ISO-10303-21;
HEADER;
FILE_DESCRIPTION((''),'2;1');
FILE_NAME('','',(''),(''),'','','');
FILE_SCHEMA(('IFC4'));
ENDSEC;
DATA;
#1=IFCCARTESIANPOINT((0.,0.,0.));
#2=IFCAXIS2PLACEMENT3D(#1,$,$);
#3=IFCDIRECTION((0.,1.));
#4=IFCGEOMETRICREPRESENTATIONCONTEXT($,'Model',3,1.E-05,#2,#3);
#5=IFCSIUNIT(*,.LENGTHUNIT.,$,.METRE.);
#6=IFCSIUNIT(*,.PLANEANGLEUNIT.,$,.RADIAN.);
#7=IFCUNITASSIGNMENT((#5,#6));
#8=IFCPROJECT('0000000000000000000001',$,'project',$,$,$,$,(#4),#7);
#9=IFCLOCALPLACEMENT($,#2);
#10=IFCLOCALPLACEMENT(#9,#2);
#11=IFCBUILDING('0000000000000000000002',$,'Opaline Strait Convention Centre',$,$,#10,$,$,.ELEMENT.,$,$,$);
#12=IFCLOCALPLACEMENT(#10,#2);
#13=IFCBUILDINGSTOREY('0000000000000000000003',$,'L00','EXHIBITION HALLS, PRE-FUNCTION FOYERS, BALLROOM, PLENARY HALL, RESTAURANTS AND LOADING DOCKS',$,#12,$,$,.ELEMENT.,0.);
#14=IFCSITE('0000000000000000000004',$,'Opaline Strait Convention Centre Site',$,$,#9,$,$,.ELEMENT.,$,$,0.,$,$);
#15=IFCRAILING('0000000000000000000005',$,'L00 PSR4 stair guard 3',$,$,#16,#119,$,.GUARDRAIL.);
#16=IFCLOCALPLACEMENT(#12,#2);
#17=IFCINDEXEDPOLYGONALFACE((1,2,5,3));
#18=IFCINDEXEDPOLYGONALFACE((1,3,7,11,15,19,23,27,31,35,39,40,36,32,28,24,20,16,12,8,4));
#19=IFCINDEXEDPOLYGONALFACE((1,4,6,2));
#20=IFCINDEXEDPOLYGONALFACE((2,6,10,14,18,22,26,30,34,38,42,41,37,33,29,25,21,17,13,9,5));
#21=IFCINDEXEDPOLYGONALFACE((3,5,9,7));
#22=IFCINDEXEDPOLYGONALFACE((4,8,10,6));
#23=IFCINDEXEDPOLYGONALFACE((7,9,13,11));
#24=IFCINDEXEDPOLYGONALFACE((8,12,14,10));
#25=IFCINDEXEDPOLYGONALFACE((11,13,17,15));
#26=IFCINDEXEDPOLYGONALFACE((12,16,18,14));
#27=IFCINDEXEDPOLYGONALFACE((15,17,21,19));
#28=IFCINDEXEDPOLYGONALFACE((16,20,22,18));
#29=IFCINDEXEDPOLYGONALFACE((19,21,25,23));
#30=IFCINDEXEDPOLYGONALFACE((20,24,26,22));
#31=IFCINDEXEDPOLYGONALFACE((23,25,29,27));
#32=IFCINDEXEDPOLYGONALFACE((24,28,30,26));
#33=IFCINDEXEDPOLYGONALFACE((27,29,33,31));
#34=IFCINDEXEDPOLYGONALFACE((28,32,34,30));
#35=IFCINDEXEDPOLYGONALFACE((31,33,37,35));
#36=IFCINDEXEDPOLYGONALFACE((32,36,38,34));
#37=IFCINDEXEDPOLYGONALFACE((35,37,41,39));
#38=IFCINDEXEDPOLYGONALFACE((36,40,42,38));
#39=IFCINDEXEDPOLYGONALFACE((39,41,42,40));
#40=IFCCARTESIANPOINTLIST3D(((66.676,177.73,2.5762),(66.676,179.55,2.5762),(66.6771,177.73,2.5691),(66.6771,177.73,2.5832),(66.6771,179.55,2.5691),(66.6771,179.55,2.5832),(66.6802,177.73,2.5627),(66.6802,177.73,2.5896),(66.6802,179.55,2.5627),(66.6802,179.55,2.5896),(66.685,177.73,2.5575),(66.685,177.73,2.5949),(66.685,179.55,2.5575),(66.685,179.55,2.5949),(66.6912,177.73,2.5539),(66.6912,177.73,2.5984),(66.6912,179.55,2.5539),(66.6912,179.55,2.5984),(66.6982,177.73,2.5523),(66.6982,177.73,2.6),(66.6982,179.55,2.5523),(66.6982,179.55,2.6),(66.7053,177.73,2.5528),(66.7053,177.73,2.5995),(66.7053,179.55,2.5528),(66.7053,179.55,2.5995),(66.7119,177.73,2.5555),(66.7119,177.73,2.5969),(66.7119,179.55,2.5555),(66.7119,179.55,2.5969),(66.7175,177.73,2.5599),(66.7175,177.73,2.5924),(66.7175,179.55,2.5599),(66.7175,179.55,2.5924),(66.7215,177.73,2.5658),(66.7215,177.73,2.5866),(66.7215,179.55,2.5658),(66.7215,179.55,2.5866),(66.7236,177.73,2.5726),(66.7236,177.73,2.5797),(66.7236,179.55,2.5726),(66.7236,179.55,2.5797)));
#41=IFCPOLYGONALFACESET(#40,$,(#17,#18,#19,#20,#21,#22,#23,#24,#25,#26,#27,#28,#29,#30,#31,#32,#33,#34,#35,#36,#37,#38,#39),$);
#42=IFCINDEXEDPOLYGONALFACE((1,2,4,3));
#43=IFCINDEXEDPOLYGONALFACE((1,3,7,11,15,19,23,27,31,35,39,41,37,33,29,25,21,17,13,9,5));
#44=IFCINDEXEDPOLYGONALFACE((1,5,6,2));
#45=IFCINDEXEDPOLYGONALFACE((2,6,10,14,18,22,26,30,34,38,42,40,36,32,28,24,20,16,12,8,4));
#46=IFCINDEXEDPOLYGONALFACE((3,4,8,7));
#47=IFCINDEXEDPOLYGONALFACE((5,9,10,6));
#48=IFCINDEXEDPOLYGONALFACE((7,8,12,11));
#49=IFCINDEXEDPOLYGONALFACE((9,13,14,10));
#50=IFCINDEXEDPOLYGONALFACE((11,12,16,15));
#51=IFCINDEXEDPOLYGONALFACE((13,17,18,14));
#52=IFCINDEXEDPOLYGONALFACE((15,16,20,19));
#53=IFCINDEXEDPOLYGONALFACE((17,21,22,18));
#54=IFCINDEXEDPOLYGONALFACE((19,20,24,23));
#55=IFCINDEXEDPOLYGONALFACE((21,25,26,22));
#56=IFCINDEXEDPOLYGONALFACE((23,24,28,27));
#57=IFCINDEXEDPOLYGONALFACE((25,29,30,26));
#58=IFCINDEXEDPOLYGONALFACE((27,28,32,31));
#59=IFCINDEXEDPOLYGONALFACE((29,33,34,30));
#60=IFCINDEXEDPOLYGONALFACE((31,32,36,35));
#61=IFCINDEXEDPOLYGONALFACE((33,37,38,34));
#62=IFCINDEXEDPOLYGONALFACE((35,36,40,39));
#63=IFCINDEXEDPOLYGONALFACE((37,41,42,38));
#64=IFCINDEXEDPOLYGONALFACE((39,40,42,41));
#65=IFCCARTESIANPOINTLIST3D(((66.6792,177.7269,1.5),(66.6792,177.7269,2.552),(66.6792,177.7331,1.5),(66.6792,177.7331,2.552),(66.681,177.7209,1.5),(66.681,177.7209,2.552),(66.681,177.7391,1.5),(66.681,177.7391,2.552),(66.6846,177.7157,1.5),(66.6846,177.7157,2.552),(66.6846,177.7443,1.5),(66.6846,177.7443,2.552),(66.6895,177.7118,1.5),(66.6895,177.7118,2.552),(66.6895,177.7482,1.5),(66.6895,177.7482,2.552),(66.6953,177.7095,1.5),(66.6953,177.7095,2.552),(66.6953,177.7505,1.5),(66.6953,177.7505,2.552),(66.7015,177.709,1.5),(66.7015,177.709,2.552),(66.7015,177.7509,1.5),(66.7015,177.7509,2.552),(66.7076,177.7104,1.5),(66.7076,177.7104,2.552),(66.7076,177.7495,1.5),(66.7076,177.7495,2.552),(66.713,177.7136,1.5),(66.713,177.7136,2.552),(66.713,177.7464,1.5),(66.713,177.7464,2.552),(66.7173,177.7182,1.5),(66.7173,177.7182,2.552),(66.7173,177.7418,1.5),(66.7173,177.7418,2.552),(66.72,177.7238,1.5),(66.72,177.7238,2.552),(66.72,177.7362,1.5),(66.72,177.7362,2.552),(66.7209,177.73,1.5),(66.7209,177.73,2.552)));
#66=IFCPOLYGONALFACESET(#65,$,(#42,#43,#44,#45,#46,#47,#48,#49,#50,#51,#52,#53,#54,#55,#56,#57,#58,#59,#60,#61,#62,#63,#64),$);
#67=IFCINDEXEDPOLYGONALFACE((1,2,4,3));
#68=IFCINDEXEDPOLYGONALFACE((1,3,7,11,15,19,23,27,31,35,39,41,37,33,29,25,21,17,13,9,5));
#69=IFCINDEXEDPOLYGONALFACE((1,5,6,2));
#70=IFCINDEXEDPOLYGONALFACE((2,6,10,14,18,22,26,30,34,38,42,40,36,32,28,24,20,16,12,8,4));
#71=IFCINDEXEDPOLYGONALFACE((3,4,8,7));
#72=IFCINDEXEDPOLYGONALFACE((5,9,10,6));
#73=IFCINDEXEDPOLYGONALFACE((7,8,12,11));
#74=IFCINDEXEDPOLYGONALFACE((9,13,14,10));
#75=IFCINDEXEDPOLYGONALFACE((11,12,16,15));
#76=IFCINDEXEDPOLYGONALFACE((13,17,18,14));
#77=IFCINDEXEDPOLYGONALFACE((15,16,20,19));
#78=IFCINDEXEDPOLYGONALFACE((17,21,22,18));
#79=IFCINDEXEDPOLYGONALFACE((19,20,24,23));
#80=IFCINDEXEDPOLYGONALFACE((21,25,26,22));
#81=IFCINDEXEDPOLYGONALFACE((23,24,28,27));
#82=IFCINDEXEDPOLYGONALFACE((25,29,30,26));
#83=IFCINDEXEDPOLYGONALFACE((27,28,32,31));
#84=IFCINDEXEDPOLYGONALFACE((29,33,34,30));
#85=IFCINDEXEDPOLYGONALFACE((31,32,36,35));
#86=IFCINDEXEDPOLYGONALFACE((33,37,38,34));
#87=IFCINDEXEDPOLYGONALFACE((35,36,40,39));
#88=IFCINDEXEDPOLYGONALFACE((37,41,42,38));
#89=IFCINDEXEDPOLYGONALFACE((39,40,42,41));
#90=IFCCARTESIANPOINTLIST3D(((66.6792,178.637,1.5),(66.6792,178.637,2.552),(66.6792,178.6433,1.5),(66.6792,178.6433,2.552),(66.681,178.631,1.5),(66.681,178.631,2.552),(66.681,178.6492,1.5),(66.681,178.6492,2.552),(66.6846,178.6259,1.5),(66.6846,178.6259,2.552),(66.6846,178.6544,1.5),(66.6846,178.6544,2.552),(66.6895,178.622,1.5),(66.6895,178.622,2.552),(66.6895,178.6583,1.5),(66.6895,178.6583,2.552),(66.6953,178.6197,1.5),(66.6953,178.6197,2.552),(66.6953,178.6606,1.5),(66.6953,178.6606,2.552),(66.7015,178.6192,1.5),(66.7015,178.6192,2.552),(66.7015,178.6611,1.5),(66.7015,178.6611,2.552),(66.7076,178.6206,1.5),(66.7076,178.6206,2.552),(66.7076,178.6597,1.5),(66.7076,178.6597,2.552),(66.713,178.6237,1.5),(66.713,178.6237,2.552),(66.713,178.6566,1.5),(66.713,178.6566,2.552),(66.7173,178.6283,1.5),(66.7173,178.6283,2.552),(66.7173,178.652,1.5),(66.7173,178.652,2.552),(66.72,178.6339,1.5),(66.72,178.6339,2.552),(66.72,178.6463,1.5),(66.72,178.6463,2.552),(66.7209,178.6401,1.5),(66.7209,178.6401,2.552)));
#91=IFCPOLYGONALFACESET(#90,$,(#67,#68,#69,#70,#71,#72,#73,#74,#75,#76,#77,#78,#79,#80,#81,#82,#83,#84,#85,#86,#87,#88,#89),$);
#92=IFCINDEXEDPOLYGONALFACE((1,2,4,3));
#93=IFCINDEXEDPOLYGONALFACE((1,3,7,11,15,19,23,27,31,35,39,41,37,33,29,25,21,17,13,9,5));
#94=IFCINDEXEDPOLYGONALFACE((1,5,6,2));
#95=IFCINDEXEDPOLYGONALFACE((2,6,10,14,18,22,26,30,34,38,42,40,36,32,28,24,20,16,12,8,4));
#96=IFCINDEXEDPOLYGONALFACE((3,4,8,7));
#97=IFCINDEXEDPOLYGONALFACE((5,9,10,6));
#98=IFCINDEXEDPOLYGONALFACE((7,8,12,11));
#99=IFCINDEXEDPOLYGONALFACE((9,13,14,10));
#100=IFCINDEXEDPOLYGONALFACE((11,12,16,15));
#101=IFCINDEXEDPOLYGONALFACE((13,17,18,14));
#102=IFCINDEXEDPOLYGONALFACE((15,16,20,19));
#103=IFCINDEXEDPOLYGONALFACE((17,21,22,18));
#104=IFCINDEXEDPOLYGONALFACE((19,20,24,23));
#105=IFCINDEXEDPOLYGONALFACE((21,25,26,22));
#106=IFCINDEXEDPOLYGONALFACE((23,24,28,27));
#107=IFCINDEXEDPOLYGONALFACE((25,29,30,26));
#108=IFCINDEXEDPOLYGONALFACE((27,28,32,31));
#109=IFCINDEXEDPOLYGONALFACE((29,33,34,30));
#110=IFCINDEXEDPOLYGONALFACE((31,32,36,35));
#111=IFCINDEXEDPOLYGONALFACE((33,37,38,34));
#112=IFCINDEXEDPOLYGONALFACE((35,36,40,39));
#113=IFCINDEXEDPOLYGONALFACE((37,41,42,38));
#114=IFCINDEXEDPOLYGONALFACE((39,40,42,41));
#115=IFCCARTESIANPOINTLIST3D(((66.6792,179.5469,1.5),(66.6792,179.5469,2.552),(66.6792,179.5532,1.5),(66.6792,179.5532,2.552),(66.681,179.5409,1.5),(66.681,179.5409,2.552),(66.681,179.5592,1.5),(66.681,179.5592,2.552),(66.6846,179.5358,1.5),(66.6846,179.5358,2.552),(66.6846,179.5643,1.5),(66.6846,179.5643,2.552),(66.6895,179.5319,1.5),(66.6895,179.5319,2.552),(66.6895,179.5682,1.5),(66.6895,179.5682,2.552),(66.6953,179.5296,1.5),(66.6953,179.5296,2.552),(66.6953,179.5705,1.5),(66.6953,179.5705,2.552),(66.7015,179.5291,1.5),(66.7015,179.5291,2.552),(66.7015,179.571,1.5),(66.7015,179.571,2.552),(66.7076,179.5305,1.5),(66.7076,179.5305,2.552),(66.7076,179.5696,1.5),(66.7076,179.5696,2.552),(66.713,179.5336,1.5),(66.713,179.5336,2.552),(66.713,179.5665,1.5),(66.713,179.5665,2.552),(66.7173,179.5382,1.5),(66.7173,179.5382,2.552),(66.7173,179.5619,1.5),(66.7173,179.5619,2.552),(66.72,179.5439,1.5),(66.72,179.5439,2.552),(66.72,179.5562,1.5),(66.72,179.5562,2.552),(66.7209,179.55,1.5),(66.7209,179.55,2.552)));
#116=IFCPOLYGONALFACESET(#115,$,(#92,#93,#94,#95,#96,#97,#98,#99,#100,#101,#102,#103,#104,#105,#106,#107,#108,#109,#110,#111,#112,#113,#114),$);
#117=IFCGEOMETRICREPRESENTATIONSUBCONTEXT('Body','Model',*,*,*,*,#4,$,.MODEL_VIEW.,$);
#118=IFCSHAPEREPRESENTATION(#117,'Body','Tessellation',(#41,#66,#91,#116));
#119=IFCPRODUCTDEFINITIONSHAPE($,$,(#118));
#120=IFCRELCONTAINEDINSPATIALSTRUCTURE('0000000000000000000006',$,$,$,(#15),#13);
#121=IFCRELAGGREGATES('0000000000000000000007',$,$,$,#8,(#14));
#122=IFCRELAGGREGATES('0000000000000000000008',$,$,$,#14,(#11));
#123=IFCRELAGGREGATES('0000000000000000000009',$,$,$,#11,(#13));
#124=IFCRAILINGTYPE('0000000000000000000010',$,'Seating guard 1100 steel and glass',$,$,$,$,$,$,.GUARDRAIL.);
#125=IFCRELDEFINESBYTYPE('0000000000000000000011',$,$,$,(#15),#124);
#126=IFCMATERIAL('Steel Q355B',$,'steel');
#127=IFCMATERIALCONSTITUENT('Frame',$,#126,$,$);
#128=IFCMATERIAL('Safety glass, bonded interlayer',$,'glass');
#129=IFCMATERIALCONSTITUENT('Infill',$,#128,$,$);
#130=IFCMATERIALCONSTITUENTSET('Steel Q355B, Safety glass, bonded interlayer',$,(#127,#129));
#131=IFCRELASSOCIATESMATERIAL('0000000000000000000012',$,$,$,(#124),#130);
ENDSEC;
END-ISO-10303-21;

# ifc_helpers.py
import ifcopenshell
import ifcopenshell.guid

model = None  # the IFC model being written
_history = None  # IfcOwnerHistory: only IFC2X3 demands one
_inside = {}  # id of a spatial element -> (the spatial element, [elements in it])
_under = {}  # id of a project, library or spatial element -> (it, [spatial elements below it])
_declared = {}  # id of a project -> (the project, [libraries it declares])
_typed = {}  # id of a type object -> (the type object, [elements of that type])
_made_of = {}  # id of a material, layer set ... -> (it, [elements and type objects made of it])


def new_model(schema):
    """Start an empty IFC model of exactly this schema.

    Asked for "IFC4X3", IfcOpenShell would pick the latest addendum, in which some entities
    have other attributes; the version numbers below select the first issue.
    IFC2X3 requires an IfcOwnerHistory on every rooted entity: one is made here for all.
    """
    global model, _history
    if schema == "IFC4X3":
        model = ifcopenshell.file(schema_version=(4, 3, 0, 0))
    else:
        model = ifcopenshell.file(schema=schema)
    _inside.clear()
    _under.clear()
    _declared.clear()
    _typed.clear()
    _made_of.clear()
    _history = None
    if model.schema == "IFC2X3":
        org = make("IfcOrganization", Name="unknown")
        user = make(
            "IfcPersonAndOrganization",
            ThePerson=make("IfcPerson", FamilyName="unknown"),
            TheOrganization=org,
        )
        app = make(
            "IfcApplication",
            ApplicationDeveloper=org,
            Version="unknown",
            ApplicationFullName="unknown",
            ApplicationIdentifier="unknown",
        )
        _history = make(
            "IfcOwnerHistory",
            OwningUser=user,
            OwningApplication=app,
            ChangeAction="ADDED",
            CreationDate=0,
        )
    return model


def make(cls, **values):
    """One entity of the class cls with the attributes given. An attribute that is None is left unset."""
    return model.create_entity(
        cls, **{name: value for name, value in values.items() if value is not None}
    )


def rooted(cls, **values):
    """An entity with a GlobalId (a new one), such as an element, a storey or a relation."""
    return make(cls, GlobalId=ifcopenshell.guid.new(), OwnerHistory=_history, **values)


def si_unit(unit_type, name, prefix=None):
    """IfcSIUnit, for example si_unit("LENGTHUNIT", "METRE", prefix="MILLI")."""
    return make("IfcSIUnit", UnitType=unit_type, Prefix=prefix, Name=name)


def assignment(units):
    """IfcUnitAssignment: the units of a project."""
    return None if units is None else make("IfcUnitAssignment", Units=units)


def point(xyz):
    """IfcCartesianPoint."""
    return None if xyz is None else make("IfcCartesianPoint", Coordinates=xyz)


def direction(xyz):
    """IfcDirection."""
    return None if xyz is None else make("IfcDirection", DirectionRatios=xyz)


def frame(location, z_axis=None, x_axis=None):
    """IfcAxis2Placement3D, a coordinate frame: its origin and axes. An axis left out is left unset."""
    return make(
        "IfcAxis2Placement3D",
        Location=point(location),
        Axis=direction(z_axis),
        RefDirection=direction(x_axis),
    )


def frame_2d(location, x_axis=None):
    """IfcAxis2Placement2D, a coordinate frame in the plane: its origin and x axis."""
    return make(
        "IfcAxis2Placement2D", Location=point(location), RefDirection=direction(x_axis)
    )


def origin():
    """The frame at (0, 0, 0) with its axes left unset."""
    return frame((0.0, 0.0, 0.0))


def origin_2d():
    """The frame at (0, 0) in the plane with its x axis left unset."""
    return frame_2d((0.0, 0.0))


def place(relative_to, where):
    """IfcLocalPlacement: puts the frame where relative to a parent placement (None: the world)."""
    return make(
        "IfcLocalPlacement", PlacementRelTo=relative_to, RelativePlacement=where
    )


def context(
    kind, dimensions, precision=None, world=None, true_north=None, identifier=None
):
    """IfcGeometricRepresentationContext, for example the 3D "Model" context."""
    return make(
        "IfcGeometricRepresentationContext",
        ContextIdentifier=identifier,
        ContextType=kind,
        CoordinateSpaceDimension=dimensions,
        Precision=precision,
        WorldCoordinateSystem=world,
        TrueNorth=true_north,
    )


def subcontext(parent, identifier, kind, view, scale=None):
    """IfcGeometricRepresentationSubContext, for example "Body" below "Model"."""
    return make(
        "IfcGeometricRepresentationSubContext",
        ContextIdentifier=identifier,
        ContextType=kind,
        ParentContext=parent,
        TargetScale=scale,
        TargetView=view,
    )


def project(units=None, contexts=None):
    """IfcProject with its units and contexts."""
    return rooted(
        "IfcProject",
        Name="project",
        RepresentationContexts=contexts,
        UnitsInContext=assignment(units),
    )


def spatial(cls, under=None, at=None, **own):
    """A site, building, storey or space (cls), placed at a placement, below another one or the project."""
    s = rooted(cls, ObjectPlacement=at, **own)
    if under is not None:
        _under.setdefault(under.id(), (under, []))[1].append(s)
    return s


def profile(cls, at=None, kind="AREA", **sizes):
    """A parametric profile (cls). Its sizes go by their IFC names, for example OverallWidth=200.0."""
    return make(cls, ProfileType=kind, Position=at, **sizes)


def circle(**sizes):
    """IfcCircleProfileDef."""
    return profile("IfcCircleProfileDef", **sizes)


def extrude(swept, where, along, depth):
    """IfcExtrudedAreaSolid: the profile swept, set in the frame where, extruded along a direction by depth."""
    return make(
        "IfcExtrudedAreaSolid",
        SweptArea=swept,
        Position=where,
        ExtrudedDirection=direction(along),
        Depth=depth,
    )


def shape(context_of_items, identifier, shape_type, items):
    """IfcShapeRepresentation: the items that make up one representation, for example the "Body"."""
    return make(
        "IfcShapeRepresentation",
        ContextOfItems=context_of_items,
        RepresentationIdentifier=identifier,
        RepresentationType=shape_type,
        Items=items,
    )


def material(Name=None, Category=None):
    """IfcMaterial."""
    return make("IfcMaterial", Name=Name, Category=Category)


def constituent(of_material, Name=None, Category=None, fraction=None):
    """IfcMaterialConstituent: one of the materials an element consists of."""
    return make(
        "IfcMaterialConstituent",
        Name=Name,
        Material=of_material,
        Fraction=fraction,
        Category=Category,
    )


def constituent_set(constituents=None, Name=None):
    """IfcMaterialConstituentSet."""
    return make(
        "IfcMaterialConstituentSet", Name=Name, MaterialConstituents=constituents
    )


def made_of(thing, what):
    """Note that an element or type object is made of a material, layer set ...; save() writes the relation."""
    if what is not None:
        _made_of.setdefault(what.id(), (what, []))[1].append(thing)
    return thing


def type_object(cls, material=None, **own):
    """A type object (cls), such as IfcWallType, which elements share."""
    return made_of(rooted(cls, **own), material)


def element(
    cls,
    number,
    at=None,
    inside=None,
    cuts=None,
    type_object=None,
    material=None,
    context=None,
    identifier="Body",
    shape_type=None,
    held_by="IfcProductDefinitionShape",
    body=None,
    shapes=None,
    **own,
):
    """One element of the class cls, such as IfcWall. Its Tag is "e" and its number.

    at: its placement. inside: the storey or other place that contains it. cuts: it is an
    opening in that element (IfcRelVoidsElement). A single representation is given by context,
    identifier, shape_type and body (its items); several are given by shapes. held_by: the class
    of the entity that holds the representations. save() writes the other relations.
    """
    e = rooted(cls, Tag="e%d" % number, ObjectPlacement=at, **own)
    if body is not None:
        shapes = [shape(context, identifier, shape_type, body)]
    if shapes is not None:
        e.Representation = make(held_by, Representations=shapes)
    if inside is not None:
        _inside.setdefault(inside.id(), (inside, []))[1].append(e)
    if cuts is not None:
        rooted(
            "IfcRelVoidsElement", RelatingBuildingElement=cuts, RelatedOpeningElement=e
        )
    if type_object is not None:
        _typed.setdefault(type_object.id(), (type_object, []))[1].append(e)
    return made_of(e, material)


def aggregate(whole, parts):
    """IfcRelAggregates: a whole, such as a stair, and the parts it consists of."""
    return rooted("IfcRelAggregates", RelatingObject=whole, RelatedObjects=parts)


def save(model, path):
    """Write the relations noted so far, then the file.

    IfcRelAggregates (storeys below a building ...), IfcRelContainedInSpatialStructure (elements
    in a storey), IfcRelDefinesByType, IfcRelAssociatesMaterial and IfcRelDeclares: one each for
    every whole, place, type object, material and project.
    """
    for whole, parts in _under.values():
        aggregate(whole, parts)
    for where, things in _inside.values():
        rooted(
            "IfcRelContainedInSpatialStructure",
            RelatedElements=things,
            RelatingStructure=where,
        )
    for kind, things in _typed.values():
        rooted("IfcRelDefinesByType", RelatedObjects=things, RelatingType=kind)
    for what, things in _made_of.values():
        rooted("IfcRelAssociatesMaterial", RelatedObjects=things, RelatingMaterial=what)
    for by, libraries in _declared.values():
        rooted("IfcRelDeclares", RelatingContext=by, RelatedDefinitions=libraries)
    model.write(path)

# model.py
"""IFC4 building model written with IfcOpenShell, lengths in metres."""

from ifc_helpers import new_model, si_unit, direction, frame, origin, origin_2d, place, context, subcontext, project, spatial, circle, extrude, material, constituent, constituent_set, type_object, element, save


model = new_model("IFC4")

# Units and contexts
model_context = context("Model", 3, precision=1e-05, world=origin(), true_north=direction((0.0, 1.0)))
body_context = subcontext(model_context, "Body", "Model", "MODEL_VIEW")
ifc_project = project(units=[si_unit("LENGTHUNIT", "METRE"), si_unit("PLANEANGLEUNIT", "RADIAN")], contexts=[model_context])

# Site, building, storey
site_placement = place(None, origin())
site = spatial("IfcSite", under=ifc_project, at=site_placement, Name="Opaline Strait Convention Centre Site", CompositionType="ELEMENT", RefElevation=0.0)
building_placement = place(site_placement, origin())
building = spatial("IfcBuilding", under=site, at=building_placement, Name="Opaline Strait Convention Centre", CompositionType="ELEMENT")
storey_placement = place(building_placement, origin())
storey = spatial("IfcBuildingStorey", under=building, at=storey_placement, Name="L00", Description="EXHIBITION HALLS, PRE-FUNCTION FOYERS, BALLROOM, PLENARY HALL, RESTAURANTS AND LOADING DOCKS", CompositionType="ELEMENT", Elevation=0.0)

# Railing
ifc_material_1 = material(Name="Steel Q355B", Category="steel")
ifc_constituent_1 = constituent(ifc_material_1, Name="Frame")
ifc_material_2 = material(Name="Safety glass, bonded interlayer", Category="glass")
ifc_constituent_2 = constituent(ifc_material_2, Name="Infill")
ifc_constituent_set = constituent_set(constituents=[ifc_constituent_1, ifc_constituent_2], Name="Steel Q355B, Safety glass, bonded interlayer")
railing_type_1 = type_object("IfcRailingType", Name="Seating guard 1100 steel and glass", PredefinedType="GUARDRAIL", material=ifc_constituent_set)
railing_1_placement = place(storey_placement, frame((66.7, 177.73, 1.5)))
element("IfcRailing", 1, at=railing_1_placement, inside=storey, type_object=railing_type_1, Name="L00 PSR4 stair guard 3", PredefinedType="GUARDRAIL", context=body_context, shape_type="SweptSolid", body=[
    extrude(circle(Radius=0.0239, at=origin_2d()), frame((0.0, 0.0, 1.0762), z_axis=(0.0, 1.0, 0.0), x_axis=(-1.0, 0.0, 0.0)), (0.0, 0.0, 1.0), 1.8201),
    extrude(circle(Radius=0.021, at=origin_2d()), origin(), (0.0, 0.0, 1.0), 1.052),
    extrude(circle(Radius=0.021, at=origin_2d()), frame((0.0, 0.9102, 0.0)), (0.0, 0.0, 1.0), 1.052),
    extrude(circle(Radius=0.021, at=origin_2d()), frame((0.0, 1.8201, 0.0)), (0.0, 0.0, 1.0), 1.052),
])

save(model, "model.ifc")
